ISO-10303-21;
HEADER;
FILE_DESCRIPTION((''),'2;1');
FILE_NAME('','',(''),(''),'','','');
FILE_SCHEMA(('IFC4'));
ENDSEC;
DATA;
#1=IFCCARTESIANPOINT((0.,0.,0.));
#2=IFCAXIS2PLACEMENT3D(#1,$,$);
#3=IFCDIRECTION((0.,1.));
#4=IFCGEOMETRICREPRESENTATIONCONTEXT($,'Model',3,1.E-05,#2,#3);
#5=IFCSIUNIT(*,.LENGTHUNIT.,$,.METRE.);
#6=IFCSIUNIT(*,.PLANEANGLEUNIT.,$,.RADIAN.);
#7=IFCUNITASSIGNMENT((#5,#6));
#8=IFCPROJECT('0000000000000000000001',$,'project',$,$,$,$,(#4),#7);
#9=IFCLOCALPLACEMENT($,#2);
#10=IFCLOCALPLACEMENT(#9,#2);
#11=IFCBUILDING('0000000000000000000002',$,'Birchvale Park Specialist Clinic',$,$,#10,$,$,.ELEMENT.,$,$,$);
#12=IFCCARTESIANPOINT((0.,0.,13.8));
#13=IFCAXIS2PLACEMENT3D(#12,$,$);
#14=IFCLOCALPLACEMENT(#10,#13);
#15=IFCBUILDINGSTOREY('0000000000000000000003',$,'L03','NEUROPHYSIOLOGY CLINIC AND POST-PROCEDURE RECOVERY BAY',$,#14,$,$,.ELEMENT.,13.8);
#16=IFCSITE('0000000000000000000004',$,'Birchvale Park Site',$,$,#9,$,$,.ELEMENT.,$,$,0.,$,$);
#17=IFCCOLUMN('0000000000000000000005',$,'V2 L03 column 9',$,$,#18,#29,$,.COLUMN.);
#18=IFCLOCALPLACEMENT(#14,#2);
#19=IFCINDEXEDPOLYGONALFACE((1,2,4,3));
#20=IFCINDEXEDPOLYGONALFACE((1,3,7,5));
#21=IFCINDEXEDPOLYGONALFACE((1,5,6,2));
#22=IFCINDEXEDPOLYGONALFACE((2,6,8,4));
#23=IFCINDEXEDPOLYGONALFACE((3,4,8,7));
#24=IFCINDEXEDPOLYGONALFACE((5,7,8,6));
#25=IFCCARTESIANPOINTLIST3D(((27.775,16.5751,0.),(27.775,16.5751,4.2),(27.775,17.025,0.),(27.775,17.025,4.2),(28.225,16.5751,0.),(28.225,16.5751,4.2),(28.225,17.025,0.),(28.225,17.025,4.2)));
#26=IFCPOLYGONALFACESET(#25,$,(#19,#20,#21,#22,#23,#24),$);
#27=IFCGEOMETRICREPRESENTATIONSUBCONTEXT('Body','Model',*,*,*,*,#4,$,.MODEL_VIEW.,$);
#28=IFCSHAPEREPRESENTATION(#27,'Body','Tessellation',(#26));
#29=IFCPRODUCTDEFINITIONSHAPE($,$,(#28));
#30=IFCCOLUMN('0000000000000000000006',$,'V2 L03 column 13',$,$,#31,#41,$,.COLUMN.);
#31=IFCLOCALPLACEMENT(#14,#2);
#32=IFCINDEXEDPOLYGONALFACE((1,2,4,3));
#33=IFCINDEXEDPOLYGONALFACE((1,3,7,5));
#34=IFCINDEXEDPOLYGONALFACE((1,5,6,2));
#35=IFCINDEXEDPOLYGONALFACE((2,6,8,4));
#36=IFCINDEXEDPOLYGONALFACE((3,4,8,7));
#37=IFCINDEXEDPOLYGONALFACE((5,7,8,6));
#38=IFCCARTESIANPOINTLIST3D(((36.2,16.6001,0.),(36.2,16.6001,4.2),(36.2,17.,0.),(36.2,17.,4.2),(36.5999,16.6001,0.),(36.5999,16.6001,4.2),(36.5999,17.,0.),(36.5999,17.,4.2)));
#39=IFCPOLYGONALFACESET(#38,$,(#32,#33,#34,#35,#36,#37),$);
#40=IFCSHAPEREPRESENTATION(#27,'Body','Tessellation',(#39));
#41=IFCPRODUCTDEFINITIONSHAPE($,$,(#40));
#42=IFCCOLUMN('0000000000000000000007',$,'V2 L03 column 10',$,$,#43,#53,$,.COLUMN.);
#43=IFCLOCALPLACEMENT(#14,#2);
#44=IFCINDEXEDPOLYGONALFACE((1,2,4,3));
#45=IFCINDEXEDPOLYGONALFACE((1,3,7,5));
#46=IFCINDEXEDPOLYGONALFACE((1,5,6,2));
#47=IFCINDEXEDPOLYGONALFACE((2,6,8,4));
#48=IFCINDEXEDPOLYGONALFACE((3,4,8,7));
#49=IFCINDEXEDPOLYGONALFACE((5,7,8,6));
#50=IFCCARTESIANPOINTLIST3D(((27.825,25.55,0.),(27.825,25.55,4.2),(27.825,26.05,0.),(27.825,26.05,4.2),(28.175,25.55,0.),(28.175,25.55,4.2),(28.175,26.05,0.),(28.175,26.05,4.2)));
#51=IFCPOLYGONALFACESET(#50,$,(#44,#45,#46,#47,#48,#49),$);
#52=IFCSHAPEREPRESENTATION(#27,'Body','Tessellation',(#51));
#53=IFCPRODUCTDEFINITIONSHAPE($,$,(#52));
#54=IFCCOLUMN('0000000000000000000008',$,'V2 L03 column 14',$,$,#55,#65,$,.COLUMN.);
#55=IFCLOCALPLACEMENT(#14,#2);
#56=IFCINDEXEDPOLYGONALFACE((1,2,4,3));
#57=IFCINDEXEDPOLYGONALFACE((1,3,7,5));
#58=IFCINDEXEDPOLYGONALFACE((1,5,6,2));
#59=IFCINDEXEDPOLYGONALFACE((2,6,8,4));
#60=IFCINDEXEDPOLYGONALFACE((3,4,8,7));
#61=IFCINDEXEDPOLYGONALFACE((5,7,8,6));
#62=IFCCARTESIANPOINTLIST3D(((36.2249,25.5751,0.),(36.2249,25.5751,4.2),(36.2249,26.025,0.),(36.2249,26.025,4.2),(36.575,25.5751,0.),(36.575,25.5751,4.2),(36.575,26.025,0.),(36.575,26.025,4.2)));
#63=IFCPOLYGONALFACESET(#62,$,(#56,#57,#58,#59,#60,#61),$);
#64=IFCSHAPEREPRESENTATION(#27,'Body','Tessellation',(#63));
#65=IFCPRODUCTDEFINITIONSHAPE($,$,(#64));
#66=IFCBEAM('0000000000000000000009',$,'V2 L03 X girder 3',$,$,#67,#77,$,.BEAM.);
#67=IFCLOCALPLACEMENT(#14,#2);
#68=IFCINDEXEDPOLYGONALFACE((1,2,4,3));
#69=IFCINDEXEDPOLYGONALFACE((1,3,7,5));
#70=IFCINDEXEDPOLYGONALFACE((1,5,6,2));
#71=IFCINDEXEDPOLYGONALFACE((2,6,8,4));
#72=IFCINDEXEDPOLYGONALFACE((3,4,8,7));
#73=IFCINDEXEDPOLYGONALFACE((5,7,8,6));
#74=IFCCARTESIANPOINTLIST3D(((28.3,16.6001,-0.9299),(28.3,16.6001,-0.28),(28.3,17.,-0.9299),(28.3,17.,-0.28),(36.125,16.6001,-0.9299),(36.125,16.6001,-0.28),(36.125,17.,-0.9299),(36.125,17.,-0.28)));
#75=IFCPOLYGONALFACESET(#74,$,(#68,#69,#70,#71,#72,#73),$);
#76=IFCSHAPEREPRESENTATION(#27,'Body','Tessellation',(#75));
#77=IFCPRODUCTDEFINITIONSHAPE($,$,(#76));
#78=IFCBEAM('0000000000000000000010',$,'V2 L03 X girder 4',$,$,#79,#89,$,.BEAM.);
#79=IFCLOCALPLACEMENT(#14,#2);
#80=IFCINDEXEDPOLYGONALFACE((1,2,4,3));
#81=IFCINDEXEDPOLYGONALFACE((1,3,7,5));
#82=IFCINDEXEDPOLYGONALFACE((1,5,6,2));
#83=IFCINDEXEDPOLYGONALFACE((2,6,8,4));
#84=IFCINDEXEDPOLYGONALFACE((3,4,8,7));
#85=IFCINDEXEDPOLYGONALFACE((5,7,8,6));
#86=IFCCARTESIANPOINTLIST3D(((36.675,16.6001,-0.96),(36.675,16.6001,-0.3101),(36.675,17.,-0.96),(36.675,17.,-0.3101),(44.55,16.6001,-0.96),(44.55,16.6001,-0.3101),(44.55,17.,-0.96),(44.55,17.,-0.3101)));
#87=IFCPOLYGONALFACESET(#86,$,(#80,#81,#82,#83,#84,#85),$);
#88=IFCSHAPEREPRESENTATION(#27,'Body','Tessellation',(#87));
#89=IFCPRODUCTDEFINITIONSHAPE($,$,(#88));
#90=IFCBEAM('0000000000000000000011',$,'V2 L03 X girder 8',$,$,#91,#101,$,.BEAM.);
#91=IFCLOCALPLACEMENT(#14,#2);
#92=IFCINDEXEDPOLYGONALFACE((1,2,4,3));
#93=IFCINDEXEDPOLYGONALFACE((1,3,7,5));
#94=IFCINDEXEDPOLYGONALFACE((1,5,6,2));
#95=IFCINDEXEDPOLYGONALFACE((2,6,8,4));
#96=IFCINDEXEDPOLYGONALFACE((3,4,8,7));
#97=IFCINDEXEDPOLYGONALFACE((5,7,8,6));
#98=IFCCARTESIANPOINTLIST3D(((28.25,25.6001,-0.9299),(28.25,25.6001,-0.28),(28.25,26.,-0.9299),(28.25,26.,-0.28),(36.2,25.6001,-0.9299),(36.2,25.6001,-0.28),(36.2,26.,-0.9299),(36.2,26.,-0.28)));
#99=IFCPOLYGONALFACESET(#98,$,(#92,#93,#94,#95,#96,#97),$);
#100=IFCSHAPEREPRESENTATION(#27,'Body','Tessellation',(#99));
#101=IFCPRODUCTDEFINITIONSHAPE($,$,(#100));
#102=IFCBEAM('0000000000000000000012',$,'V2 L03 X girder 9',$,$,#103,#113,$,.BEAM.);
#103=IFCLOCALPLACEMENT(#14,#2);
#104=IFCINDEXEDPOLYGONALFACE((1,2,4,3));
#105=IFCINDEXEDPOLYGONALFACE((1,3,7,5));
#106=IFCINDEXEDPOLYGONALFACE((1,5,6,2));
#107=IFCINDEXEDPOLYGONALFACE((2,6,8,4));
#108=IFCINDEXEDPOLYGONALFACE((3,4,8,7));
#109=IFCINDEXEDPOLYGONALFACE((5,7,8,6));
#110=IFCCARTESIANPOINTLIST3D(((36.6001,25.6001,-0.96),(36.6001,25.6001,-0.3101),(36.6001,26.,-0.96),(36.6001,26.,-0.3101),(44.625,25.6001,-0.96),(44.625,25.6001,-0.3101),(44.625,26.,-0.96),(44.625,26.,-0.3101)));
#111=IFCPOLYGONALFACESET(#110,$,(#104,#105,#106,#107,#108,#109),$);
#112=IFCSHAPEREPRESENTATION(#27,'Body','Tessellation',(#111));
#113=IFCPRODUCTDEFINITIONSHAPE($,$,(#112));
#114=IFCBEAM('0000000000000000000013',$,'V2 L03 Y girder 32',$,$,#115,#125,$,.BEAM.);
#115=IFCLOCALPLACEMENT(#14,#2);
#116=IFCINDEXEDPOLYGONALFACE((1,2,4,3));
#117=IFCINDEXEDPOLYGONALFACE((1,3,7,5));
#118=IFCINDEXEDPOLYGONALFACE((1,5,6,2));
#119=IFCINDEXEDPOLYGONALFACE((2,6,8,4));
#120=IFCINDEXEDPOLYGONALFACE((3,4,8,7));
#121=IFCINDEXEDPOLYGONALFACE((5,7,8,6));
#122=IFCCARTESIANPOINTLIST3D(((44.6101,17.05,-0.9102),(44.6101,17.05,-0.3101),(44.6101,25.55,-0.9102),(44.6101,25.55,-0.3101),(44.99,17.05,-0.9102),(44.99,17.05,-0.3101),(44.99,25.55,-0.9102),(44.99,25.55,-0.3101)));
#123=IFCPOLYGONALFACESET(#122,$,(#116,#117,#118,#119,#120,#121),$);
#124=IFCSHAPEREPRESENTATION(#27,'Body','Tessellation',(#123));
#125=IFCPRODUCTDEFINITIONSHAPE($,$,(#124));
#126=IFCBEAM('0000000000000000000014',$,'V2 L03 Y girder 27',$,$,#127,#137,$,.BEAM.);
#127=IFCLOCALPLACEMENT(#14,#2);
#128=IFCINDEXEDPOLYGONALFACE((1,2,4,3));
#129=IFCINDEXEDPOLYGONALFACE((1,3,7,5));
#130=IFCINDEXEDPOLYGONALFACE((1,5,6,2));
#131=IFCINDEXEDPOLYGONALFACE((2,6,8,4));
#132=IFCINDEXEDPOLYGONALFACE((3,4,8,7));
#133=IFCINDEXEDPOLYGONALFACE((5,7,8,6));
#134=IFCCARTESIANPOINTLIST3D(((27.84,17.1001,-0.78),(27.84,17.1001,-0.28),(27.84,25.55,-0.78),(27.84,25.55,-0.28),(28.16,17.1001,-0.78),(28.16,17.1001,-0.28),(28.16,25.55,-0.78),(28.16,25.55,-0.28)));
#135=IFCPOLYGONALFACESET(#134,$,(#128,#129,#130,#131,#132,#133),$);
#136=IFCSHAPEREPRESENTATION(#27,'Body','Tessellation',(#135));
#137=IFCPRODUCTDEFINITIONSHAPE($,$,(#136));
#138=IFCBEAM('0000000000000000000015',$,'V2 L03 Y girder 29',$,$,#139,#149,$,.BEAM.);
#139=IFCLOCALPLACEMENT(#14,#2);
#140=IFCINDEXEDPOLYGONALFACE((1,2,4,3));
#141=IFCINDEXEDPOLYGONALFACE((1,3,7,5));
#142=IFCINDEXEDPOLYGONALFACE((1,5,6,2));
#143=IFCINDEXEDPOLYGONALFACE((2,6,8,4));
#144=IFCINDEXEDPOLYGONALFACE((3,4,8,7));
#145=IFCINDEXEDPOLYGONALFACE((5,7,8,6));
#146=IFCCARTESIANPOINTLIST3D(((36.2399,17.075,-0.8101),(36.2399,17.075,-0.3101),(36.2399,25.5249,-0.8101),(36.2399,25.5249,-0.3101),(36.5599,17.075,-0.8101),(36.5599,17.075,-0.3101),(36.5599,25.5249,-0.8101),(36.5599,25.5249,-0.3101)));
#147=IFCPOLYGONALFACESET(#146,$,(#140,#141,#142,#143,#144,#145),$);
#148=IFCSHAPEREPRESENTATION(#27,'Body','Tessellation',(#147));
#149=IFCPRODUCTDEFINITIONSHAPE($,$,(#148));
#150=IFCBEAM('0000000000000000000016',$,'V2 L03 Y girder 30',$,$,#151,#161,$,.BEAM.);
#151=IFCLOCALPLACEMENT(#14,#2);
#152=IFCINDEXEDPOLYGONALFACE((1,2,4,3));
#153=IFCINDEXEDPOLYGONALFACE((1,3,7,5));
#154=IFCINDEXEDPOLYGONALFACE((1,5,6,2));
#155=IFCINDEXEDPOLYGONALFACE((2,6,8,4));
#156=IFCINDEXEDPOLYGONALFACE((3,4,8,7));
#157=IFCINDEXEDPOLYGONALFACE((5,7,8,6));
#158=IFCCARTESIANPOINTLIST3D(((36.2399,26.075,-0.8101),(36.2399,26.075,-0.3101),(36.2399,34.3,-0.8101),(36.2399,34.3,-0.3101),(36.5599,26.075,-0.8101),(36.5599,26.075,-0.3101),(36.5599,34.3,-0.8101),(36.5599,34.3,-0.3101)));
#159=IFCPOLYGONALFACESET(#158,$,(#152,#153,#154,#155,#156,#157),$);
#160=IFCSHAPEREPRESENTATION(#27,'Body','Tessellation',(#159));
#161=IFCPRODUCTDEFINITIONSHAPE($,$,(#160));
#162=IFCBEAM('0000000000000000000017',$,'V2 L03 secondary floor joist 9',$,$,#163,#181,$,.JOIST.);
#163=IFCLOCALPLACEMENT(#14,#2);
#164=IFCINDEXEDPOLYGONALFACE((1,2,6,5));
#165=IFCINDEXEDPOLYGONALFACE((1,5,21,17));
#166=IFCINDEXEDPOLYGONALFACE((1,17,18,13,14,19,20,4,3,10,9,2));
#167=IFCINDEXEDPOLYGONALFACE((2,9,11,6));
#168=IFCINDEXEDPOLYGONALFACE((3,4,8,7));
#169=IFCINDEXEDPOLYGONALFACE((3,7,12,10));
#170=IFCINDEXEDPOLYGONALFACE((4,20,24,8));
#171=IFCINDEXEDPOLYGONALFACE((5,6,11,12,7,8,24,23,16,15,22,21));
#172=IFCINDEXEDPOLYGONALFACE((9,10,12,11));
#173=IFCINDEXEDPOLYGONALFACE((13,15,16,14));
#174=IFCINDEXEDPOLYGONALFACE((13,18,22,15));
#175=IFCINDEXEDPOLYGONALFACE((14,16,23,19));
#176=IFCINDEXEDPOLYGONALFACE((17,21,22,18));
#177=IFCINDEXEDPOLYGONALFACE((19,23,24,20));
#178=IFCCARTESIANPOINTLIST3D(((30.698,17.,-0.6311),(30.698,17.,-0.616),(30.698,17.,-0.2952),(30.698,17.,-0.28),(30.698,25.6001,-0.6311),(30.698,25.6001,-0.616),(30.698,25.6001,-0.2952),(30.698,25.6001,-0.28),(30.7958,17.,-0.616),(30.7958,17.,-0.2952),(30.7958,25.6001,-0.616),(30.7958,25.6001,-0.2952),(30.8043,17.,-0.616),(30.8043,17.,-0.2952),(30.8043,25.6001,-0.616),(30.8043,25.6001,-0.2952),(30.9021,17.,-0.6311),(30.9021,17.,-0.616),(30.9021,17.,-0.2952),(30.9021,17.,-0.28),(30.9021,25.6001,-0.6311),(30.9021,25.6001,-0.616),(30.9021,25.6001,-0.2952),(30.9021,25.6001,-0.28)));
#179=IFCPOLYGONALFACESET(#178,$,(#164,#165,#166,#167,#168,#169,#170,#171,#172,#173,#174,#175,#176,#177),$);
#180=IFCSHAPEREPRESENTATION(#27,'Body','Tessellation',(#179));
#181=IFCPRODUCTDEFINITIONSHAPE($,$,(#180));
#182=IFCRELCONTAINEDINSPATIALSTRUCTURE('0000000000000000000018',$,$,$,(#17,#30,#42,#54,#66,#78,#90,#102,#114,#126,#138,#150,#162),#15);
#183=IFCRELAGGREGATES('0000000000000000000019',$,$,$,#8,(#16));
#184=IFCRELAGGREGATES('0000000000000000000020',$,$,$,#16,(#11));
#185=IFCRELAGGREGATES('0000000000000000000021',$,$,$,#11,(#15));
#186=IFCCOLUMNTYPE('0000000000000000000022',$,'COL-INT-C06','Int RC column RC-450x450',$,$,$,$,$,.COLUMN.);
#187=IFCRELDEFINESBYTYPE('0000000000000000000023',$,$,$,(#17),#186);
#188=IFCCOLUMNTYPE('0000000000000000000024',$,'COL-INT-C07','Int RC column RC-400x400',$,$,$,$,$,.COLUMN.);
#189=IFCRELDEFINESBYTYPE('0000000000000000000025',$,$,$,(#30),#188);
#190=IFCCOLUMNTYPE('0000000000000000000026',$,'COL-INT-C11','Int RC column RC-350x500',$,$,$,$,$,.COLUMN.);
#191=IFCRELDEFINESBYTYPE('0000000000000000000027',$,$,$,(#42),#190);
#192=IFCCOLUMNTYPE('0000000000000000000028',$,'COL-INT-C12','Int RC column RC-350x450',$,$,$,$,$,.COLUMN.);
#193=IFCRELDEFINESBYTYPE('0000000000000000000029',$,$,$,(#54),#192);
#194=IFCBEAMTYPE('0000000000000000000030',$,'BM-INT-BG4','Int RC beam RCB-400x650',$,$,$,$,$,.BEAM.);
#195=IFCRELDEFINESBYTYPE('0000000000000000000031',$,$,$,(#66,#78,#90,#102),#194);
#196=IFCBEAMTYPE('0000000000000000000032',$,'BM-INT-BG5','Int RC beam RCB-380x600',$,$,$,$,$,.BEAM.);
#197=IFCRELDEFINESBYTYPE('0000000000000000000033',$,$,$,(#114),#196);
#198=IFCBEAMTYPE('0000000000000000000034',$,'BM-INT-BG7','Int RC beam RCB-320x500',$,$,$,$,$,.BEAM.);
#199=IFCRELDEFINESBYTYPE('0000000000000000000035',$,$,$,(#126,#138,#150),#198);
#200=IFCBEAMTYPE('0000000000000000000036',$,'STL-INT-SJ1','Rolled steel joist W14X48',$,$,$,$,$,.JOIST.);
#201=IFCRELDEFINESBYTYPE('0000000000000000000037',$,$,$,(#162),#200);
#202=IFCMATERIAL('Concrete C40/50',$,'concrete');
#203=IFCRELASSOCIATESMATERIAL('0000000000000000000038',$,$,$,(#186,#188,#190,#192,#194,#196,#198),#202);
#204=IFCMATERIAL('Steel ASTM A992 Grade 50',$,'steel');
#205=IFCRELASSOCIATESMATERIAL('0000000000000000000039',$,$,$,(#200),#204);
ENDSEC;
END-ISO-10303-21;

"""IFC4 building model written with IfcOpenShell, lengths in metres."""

from ifc_helpers import new_model, si_unit, direction, frame, origin, origin_2d, place, context, subcontext, project, spatial, rectangle, i_section, extrude, material, material_profile, profile_set, type_object, element, save


model = new_model("IFC4")

# Units and contexts
model_context = context("Model", 3, precision=1e-05, world=origin(), true_north=direction((0.0, 1.0)))
body_context = subcontext(model_context, "Body", "Model", "MODEL_VIEW")
ifc_project = project(units=[si_unit("LENGTHUNIT", "METRE"), si_unit("PLANEANGLEUNIT", "RADIAN")], contexts=[model_context])

# Site, building, storey
site_placement = place(None, origin())
site = spatial("IfcSite", under=ifc_project, at=site_placement, Name="Birchvale Park Site", CompositionType="ELEMENT", RefElevation=0.0)
building_placement = place(site_placement, origin())
building = spatial("IfcBuilding", under=site, at=building_placement, Name="Birchvale Park Specialist Clinic", CompositionType="ELEMENT")
storey_placement = place(building_placement, frame((0.0, 0.0, 13.8)))
storey = spatial("IfcBuildingStorey", under=building, at=storey_placement, Name="L03", Description="NEUROPHYSIOLOGY CLINIC AND POST-PROCEDURE RECOVERY BAY", CompositionType="ELEMENT", Elevation=13.8)

# Columns
ifc_material_1 = material(Name="Concrete C40/50", Category="concrete")
ifc_material_profile_1 = material_profile(ifc_material_1, rectangle(XDim=0.45, YDim=0.45, at=origin_2d()), Name="RC-450x450")
ifc_profile_set_1 = profile_set([ifc_material_profile_1], Name="Concrete C40/50")
column_type_1 = type_object("IfcColumnType", Name="COL-INT-C06", Description="Int RC column RC-450x450", PredefinedType="COLUMN", material=ifc_profile_set_1)
column_1_placement = place(storey_placement, frame((28.0, 16.8, 0.0), z_axis=(0.0, 0.0, 1.0), x_axis=(1.0, 0.0, 0.0)))
element("IfcColumn", 1, at=column_1_placement, inside=storey, type_object=column_type_1, Name="V2 L03 column 9", PredefinedType="COLUMN", context=body_context, shape_type="SweptSolid", body=[
    extrude(rectangle(XDim=0.45, YDim=0.45, at=origin_2d()), origin(), (0.0, 0.0, 1.0), 4.2),
])
ifc_material_profile_2 = material_profile(ifc_material_1, rectangle(XDim=0.3999, YDim=0.3999, at=origin_2d()), Name="RC-400x400")
ifc_profile_set_2 = profile_set([ifc_material_profile_2], Name="Concrete C40/50")
column_type_2 = type_object("IfcColumnType", Name="COL-INT-C07", Description="Int RC column RC-400x400", PredefinedType="COLUMN", material=ifc_profile_set_2)
column_2_placement = place(storey_placement, frame((36.3999, 16.8, 0.0), z_axis=(0.0, 0.0, 1.0), x_axis=(1.0, 0.0, 0.0)))
element("IfcColumn", 2, at=column_2_placement, inside=storey, type_object=column_type_2, Name="V2 L03 column 13", PredefinedType="COLUMN", context=body_context, shape_type="SweptSolid", body=[
    extrude(rectangle(XDim=0.3999, YDim=0.3999, at=origin_2d()), origin(), (0.0, 0.0, 1.0), 4.2),
])
ifc_material_profile_3 = material_profile(ifc_material_1, rectangle(XDim=0.3501, YDim=0.5, at=origin_2d()), Name="RC-350x500")
ifc_profile_set_3 = profile_set([ifc_material_profile_3], Name="Concrete C40/50")
column_type_3 = type_object("IfcColumnType", Name="COL-INT-C11", Description="Int RC column RC-350x500", PredefinedType="COLUMN", material=ifc_profile_set_3)
column_3_placement = place(storey_placement, frame((28.0, 25.8, 0.0), z_axis=(0.0, 0.0, 1.0), x_axis=(1.0, 0.0, 0.0)))
element("IfcColumn", 3, at=column_3_placement, inside=storey, type_object=column_type_3, Name="V2 L03 column 10", PredefinedType="COLUMN", context=body_context, shape_type="SweptSolid", body=[
    extrude(rectangle(XDim=0.3501, YDim=0.5, at=origin_2d()), origin(), (0.0, 0.0, 1.0), 4.2),
])
ifc_material_profile_4 = material_profile(ifc_material_1, rectangle(XDim=0.3501, YDim=0.45, at=origin_2d()), Name="RC-350x450")
ifc_profile_set_4 = profile_set([ifc_material_profile_4], Name="Concrete C40/50")
column_type_4 = type_object("IfcColumnType", Name="COL-INT-C12", Description="Int RC column RC-350x450", PredefinedType="COLUMN", material=ifc_profile_set_4)
column_4_placement = place(storey_placement, frame((36.3999, 25.8, 0.0), z_axis=(0.0, 0.0, 1.0), x_axis=(1.0, 0.0, 0.0)))
element("IfcColumn", 4, at=column_4_placement, inside=storey, type_object=column_type_4, Name="V2 L03 column 14", PredefinedType="COLUMN", context=body_context, shape_type="SweptSolid", body=[
    extrude(rectangle(XDim=0.3501, YDim=0.45, at=origin_2d()), origin(), (0.0, 0.0, 1.0), 4.2),
])

# Beams
ifc_material_profile_5 = material_profile(ifc_material_1, rectangle(XDim=0.3999, YDim=0.6499, at=origin_2d()), Name="RCB-400x650")
ifc_profile_set_5 = profile_set([ifc_material_profile_5], Name="Concrete C40/50")
beam_type_1 = type_object("IfcBeamType", Name="BM-INT-BG4", Description="Int RC beam RCB-400x650", PredefinedType="BEAM", material=ifc_profile_set_5)
beam_1_placement = place(storey_placement, frame((28.3, 16.8, -0.605), z_axis=(1.0, 0.0, 0.0), x_axis=(0.0, 1.0, 0.0)))
element("IfcBeam", 5, at=beam_1_placement, inside=storey, type_object=beam_type_1, Name="V2 L03 X girder 3", PredefinedType="BEAM", context=body_context, shape_type="SweptSolid", body=[
    extrude(rectangle(XDim=0.3999, YDim=0.6499, at=origin_2d()), origin(), (0.0, 0.0, 1.0), 7.825),
])
beam_2_placement = place(storey_placement, frame((36.675, 16.8, -0.635), z_axis=(1.0, 0.0, 0.0), x_axis=(0.0, 1.0, 0.0)))
element("IfcBeam", 6, at=beam_2_placement, inside=storey, type_object=beam_type_1, Name="V2 L03 X girder 4", PredefinedType="BEAM", context=body_context, shape_type="SweptSolid", body=[
    extrude(rectangle(XDim=0.3999, YDim=0.6499, at=origin_2d()), origin(), (0.0, 0.0, 1.0), 7.875),
])
beam_3_placement = place(storey_placement, frame((28.25, 25.8, -0.605), z_axis=(1.0, 0.0, 0.0), x_axis=(0.0, 1.0, 0.0)))
element("IfcBeam", 7, at=beam_3_placement, inside=storey, type_object=beam_type_1, Name="V2 L03 X girder 8", PredefinedType="BEAM", context=body_context, shape_type="SweptSolid", body=[
    extrude(rectangle(XDim=0.3999, YDim=0.6499, at=origin_2d()), origin(), (0.0, 0.0, 1.0), 7.95),
])
beam_4_placement = place(storey_placement, frame((36.6001, 25.8, -0.635), z_axis=(1.0, 0.0, 0.0), x_axis=(0.0, 1.0, 0.0)))
element("IfcBeam", 8, at=beam_4_placement, inside=storey, type_object=beam_type_1, Name="V2 L03 X girder 9", PredefinedType="BEAM", context=body_context, shape_type="SweptSolid", body=[
    extrude(rectangle(XDim=0.3999, YDim=0.6499, at=origin_2d()), origin(), (0.0, 0.0, 1.0), 8.0249),
])
ifc_material_profile_6 = material_profile(ifc_material_1, rectangle(XDim=0.3799, YDim=0.6001, at=origin_2d()), Name="RCB-380x600")
ifc_profile_set_6 = profile_set([ifc_material_profile_6], Name="Concrete C40/50")
beam_type_2 = type_object("IfcBeamType", Name="BM-INT-BG5", Description="Int RC beam RCB-380x600", PredefinedType="BEAM", material=ifc_profile_set_6)
beam_5_placement = place(storey_placement, frame((44.8, 17.05, -0.6101), z_axis=(0.0, 1.0, 0.0), x_axis=(-1.0, 0.0, 0.0)))
element("IfcBeam", 9, at=beam_5_placement, inside=storey, type_object=beam_type_2, Name="V2 L03 Y girder 32", PredefinedType="BEAM", context=body_context, shape_type="SweptSolid", body=[
    extrude(rectangle(XDim=0.3799, YDim=0.6001, at=origin_2d()), origin(), (0.0, 0.0, 1.0), 8.5),
])
ifc_material_profile_7 = material_profile(ifc_material_1, rectangle(XDim=0.3201, YDim=0.5, at=origin_2d()), Name="RCB-320x500")
ifc_profile_set_7 = profile_set([ifc_material_profile_7], Name="Concrete C40/50")
beam_type_3 = type_object("IfcBeamType", Name="BM-INT-BG7", Description="Int RC beam RCB-320x500", PredefinedType="BEAM", material=ifc_profile_set_7)
for number, where, z_axis, x_axis, name in (
    (10, (28.0, 17.1001, -0.53), (0.0, 1.0, 0.0), (-1.0, 0.0, 0.0), "V2 L03 Y girder 27"),
    (11, (36.3999, 17.075, -0.5601), (0.0, 1.0, 0.0), (-1.0, 0.0, 0.0), "V2 L03 Y girder 29"),
):
    element("IfcBeam", number, at=place(storey_placement, frame(where, z_axis=z_axis, x_axis=x_axis)), inside=storey, type_object=beam_type_3, Name=name, PredefinedType="BEAM", context=body_context, shape_type="SweptSolid", body=[
        extrude(rectangle(XDim=0.3201, YDim=0.5, at=origin_2d()), origin(), (0.0, 0.0, 1.0), 8.45),
    ])
beam_6_placement = place(storey_placement, frame((36.3999, 26.075, -0.5601), z_axis=(0.0, 1.0, 0.0), x_axis=(-1.0, 0.0, 0.0)))
element("IfcBeam", 12, at=beam_6_placement, inside=storey, type_object=beam_type_3, Name="V2 L03 Y girder 30", PredefinedType="BEAM", context=body_context, shape_type="SweptSolid", body=[
    extrude(rectangle(XDim=0.3201, YDim=0.5, at=origin_2d()), origin(), (0.0, 0.0, 1.0), 8.2251),
])
ifc_material_2 = material(Name="Steel ASTM A992 Grade 50", Category="steel")
ifc_material_profile_8 = material_profile(ifc_material_2, i_section(OverallWidth=0.2041, OverallDepth=0.3511, WebThickness=0.0085, FlangeThickness=0.0151, at=origin_2d()), Name="W14X48")
ifc_profile_set_8 = profile_set([ifc_material_profile_8], Name="Steel ASTM A992 Grade 50")
beam_type_4 = type_object("IfcBeamType", Name="STL-INT-SJ1", Description="Rolled steel joist W14X48", PredefinedType="JOIST", material=ifc_profile_set_8)
for number, where, z_axis, x_axis, name in (
    (13, (30.8, 17.0, -0.4556), (0.0, 1.0, 0.0), (-1.0, 0.0, 0.0), "V2 L03 secondary floor joist 9"),
):
    element("IfcBeam", number, at=place(storey_placement, frame(where, z_axis=z_axis, x_axis=x_axis)), inside=storey, type_object=beam_type_4, Name=name, PredefinedType="JOIST", context=body_context, shape_type="SweptSolid", body=[
        extrude(i_section(OverallWidth=0.2041, OverallDepth=0.3511, WebThickness=0.0085, FlangeThickness=0.0151, at=origin_2d()), origin(), (0.0, 0.0, 1.0), 8.6001),
    ])

save(model, "model.ifc")
